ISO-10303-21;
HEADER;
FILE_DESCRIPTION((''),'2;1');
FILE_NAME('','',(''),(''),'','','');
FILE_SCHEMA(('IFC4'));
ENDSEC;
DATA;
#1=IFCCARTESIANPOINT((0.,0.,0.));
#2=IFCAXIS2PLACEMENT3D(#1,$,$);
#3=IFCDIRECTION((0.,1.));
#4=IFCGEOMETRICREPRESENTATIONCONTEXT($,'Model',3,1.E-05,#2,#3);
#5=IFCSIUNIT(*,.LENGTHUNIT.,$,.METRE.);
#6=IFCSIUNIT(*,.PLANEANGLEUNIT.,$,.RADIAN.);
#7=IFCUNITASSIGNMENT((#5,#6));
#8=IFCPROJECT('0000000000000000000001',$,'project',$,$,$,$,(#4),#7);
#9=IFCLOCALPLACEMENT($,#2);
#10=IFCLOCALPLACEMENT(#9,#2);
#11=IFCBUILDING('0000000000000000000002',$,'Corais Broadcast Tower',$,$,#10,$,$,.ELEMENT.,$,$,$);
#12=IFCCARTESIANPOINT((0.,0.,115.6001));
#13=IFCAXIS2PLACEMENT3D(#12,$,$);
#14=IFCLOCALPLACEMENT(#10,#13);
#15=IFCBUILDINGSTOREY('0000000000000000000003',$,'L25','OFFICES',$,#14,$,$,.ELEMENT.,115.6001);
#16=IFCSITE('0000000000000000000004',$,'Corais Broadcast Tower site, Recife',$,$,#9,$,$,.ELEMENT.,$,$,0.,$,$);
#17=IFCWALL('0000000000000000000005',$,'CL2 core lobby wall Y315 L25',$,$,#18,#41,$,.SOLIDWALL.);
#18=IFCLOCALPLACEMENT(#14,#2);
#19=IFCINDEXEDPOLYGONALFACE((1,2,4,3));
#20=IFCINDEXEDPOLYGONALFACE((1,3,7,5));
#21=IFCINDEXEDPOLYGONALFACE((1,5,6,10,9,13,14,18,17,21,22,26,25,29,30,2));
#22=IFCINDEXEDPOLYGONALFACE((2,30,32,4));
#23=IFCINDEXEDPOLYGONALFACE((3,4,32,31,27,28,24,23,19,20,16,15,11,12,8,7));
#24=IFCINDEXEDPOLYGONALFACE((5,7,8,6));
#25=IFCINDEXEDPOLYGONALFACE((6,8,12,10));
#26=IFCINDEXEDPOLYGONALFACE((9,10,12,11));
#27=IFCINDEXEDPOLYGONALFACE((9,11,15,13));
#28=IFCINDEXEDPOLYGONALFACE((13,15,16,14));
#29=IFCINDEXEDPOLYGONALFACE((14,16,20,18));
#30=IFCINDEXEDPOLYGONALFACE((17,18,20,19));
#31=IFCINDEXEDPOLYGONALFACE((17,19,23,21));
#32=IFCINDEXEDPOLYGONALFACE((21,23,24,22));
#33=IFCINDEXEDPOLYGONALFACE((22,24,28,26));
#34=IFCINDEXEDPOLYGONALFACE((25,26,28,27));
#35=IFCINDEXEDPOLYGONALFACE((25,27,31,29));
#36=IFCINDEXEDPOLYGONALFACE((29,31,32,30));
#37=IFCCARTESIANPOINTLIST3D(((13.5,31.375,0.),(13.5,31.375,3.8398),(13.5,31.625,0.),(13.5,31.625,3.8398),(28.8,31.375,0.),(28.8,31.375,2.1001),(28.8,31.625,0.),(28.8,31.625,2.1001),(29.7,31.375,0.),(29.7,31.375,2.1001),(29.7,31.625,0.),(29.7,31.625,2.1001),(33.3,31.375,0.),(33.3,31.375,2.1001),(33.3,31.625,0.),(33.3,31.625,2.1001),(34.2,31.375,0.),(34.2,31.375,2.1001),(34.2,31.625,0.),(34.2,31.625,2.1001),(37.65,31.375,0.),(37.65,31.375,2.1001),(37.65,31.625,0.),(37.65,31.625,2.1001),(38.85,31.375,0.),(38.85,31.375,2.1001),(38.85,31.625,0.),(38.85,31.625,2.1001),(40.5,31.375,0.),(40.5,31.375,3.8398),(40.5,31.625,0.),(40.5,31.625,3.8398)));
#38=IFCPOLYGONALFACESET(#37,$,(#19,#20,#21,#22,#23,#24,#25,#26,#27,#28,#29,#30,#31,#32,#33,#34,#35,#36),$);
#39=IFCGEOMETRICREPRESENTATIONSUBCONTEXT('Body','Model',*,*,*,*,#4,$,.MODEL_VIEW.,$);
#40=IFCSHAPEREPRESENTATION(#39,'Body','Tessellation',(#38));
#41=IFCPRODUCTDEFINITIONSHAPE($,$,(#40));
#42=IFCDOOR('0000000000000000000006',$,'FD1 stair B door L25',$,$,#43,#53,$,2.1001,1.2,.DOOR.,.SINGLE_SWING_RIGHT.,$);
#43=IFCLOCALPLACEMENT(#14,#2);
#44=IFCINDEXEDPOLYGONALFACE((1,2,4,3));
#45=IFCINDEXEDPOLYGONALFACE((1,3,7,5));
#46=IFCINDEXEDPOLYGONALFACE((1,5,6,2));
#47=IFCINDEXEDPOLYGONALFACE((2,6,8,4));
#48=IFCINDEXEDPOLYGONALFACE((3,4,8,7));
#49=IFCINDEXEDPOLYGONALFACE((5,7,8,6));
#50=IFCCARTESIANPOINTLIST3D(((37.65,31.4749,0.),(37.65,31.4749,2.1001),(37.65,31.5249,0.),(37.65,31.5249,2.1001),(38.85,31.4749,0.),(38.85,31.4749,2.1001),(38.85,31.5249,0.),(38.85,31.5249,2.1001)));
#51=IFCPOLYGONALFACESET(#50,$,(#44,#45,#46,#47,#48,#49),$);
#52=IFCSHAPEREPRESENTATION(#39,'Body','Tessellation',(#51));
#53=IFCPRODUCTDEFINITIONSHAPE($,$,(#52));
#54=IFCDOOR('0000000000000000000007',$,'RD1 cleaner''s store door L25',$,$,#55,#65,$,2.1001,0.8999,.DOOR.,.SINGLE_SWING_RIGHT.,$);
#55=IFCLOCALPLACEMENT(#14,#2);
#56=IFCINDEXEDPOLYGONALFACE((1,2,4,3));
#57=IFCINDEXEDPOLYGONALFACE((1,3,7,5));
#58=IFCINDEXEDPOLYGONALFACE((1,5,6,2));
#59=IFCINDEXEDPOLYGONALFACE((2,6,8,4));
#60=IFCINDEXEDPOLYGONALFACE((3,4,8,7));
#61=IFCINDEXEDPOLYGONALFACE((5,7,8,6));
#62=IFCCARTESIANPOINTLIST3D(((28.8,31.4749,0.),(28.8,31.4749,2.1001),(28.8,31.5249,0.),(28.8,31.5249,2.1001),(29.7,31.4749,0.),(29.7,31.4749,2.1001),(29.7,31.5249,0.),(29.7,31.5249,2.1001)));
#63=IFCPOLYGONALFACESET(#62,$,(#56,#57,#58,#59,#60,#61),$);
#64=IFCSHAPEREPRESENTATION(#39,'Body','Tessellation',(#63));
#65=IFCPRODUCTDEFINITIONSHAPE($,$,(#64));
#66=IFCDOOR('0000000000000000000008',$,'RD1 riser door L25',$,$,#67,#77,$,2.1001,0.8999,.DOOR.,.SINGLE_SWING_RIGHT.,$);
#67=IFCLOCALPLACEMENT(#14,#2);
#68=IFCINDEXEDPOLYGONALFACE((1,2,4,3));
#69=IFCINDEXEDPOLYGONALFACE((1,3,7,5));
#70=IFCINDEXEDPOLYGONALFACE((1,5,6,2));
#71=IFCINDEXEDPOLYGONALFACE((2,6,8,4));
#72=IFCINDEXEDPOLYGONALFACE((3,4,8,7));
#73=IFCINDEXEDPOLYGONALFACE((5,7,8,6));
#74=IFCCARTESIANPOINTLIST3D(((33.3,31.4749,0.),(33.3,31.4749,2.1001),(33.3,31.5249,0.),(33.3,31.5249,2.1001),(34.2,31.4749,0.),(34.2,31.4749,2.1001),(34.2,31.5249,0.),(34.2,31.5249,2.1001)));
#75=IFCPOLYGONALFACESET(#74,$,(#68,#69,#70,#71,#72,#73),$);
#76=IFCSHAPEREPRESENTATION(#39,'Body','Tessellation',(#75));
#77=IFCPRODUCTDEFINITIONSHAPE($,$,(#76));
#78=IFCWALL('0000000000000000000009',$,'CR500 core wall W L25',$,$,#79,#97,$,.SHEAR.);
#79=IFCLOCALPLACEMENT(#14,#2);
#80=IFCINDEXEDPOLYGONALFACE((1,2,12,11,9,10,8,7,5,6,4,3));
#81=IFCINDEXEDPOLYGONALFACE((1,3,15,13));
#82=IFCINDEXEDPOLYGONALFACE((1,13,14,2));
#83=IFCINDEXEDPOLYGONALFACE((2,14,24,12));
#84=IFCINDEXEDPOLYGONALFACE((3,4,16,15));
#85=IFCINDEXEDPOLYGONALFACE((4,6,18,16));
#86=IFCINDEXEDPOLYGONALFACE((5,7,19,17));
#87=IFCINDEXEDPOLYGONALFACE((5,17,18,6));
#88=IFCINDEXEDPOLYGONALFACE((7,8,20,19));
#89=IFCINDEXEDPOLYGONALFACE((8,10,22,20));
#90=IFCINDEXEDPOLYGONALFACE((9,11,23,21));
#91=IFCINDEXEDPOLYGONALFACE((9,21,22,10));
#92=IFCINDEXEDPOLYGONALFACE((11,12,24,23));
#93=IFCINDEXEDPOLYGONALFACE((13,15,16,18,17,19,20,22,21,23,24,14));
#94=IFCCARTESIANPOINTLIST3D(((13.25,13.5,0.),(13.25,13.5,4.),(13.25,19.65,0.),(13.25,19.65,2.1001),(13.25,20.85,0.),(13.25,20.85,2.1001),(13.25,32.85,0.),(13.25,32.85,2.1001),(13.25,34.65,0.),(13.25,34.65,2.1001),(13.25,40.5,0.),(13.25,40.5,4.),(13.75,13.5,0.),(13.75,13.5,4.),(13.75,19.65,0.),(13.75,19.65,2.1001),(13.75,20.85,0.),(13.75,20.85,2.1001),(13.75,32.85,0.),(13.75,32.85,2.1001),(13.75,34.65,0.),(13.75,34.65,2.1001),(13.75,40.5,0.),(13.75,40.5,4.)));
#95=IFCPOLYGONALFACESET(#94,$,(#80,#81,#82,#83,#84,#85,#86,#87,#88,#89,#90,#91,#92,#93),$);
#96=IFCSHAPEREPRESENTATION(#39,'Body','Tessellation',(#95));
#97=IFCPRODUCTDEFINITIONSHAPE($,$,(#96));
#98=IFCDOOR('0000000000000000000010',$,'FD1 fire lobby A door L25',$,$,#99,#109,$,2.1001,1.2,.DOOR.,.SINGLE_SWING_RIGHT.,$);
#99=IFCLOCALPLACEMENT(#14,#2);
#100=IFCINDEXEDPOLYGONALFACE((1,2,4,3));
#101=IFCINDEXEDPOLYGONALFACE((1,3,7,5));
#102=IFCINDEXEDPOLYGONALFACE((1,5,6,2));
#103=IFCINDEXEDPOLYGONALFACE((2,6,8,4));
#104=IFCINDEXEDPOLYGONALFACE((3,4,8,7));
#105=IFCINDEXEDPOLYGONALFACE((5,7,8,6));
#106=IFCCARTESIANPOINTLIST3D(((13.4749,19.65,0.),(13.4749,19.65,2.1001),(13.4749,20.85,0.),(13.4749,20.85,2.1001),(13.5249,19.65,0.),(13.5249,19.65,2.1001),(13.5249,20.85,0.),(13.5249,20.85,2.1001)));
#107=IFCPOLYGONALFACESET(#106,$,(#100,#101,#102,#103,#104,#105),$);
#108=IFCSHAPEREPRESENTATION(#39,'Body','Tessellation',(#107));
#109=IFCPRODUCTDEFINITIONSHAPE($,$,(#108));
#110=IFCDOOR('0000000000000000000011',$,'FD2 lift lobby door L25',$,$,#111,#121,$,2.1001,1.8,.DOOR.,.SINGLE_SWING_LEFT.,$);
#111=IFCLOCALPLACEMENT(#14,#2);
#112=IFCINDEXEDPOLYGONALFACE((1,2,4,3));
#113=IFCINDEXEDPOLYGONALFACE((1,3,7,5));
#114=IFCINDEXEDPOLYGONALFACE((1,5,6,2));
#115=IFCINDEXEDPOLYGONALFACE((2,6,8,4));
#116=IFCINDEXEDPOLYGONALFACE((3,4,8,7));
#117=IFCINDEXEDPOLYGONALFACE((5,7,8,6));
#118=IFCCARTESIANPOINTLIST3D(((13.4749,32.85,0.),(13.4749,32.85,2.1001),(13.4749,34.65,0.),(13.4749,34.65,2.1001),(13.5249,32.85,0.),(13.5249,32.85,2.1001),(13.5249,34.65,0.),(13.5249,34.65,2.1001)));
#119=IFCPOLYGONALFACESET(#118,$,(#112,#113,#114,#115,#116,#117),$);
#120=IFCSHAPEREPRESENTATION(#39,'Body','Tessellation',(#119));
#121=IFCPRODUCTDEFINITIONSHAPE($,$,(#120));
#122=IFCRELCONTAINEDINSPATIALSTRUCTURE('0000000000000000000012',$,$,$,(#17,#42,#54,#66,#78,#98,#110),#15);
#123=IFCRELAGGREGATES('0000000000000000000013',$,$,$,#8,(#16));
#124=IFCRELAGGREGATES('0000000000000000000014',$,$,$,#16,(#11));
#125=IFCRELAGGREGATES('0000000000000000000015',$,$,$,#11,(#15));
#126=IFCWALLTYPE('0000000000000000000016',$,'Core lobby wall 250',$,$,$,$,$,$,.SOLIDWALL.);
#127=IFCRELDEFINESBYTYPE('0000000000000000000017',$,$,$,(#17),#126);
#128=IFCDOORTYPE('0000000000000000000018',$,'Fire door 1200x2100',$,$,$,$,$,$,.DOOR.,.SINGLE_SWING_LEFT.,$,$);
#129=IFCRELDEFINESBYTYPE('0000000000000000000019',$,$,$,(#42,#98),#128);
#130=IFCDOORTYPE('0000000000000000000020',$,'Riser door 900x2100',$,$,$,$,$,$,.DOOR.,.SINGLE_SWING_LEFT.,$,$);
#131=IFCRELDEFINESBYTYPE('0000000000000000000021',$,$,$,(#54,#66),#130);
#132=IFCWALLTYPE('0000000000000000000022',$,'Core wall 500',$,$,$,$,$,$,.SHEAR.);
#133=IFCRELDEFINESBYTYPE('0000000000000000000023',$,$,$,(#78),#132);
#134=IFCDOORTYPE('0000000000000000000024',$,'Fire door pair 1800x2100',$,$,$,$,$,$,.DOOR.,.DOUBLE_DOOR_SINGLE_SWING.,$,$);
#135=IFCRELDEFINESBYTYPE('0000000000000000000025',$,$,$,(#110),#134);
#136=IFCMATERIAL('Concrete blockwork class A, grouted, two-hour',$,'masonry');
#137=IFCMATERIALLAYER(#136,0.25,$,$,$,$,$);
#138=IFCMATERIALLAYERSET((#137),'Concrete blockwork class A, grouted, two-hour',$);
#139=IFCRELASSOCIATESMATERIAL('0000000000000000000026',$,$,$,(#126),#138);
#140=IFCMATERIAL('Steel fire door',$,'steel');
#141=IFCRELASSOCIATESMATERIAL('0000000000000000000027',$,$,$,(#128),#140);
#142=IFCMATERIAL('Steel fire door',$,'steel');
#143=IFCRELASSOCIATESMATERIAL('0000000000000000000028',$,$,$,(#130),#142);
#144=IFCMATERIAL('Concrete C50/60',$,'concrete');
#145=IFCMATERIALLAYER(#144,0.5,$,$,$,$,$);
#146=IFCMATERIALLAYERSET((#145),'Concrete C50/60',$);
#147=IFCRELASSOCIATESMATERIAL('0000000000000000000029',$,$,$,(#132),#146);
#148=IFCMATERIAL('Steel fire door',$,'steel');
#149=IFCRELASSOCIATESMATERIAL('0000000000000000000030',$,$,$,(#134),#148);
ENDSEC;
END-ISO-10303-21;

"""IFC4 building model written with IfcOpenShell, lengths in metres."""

from ifc_helpers import new_model, si_unit, direction, frame, frame_2d, origin, place, context, subcontext, project, spatial, rectangle, extrude, material, layer, layer_set, type_object, element, fill, save


model = new_model("IFC4")

# Units and contexts
model_context = context("Model", 3, precision=1e-05, world=origin(), true_north=direction((0.0, 1.0)))
body_context = subcontext(model_context, "Body", "Model", "MODEL_VIEW")
ifc_project = project(units=[si_unit("LENGTHUNIT", "METRE"), si_unit("PLANEANGLEUNIT", "RADIAN")], contexts=[model_context])

# Site, building, storey
site_placement = place(None, origin())
site = spatial("IfcSite", under=ifc_project, at=site_placement, Name="Corais Broadcast Tower site, Recife", CompositionType="ELEMENT", RefElevation=0.0)
building_placement = place(site_placement, origin())
building = spatial("IfcBuilding", under=site, at=building_placement, Name="Corais Broadcast Tower", CompositionType="ELEMENT")
storey_placement = place(building_placement, frame((0.0, 0.0, 115.6001)))
storey = spatial("IfcBuildingStorey", under=building, at=storey_placement, Name="L25", Description="OFFICES", CompositionType="ELEMENT", Elevation=115.6001)

# Walls, openings, doors
ifc_material_1 = material(Name="Concrete blockwork class A, grouted, two-hour", Category="masonry")
ifc_layer_1 = layer(ifc_material_1, 0.25)
ifc_layer_set_1 = layer_set([ifc_layer_1], Name="Concrete blockwork class A, grouted, two-hour")
wall_type_1 = type_object("IfcWallType", Name="Core lobby wall 250", PredefinedType="SOLIDWALL", material=ifc_layer_set_1)
wall_1_placement = place(storey_placement, frame((13.5, 31.5, 0.0), z_axis=(0.0, 0.0, 1.0), x_axis=(1.0, 0.0, 0.0)))
wall_1 = element("IfcWall", 1, at=wall_1_placement, inside=storey, type_object=wall_type_1, Name="CL2 core lobby wall Y315 L25", PredefinedType="SOLIDWALL", context=body_context, shape_type="SweptSolid", body=[
    extrude(rectangle(XDim=27.0, YDim=0.25, at=frame_2d((13.5, 0.0))), origin(), (0.0, 0.0, 1.0), 3.8398),
])
opening_1_placement = place(wall_1_placement, frame((24.1499, 0.0, 0.0)))
opening_1 = element("IfcOpeningElement", 2, at=opening_1_placement, cuts=wall_1, PredefinedType="OPENING", context=body_context, shape_type="SweptSolid", body=[
    extrude(rectangle(XDim=1.2, YDim=2.1001, at=frame_2d((0.6001, 1.05))), frame((0.0, 0.135, 0.0), z_axis=(0.0, -1.0, 0.0), x_axis=(1.0, 0.0, 0.0)), (0.0, 0.0, 1.0), 0.27),
])
opening_2_placement = place(wall_1_placement, frame((15.3, 0.0, 0.0)))
opening_2 = element("IfcOpeningElement", 3, at=opening_2_placement, cuts=wall_1, PredefinedType="OPENING", context=body_context, shape_type="SweptSolid", body=[
    extrude(rectangle(XDim=0.8999, YDim=2.1001, at=frame_2d((0.45, 1.05))), frame((0.0, 0.135, 0.0), z_axis=(0.0, -1.0, 0.0), x_axis=(1.0, 0.0, 0.0)), (0.0, 0.0, 1.0), 0.27),
])
opening_3_placement = place(wall_1_placement, frame((19.8, 0.0, 0.0)))
opening_3 = element("IfcOpeningElement", 4, at=opening_3_placement, cuts=wall_1, PredefinedType="OPENING", context=body_context, shape_type="SweptSolid", body=[
    extrude(rectangle(XDim=0.8999, YDim=2.1001, at=frame_2d((0.45, 1.05))), frame((0.0, 0.135, 0.0), z_axis=(0.0, -1.0, 0.0), x_axis=(1.0, 0.0, 0.0)), (0.0, 0.0, 1.0), 0.27),
])
ifc_material_2 = material(Name="Steel fire door", Category="steel")
door_type_1 = type_object("IfcDoorType", Name="Fire door 1200x2100", OperationType="SINGLE_SWING_LEFT", PredefinedType="DOOR", material=ifc_material_2)
door_1_placement = place(opening_1_placement, origin())
door_1 = element("IfcDoor", 5, at=door_1_placement, inside=storey, type_object=door_type_1, Name="FD1 stair B door L25", OperationType="SINGLE_SWING_RIGHT", OverallHeight=2.1001, OverallWidth=1.2, PredefinedType="DOOR", context=body_context, shape_type="SweptSolid", body=[
    extrude(rectangle(XDim=1.2, YDim=2.1001, at=frame_2d((0.6001, 1.05))), frame((0.0, 0.0249, 0.0), z_axis=(0.0, -1.0, 0.0), x_axis=(1.0, 0.0, 0.0)), (0.0, 0.0, 1.0), 0.05),
])
fill(opening_1, door_1)
ifc_material_3 = material(Name="Steel fire door", Category="steel")
door_type_2 = type_object("IfcDoorType", Name="Riser door 900x2100", OperationType="SINGLE_SWING_LEFT", PredefinedType="DOOR", material=ifc_material_3)
door_2_placement = place(opening_2_placement, origin())
door_2 = element("IfcDoor", 6, at=door_2_placement, inside=storey, type_object=door_type_2, Name="RD1 cleaner's store door L25", OperationType="SINGLE_SWING_RIGHT", OverallHeight=2.1001, OverallWidth=0.8999, PredefinedType="DOOR", context=body_context, shape_type="SweptSolid", body=[
    extrude(rectangle(XDim=0.8999, YDim=2.1001, at=frame_2d((0.45, 1.05))), frame((0.0, 0.0249, 0.0), z_axis=(0.0, -1.0, 0.0), x_axis=(1.0, 0.0, 0.0)), (0.0, 0.0, 1.0), 0.05),
])
fill(opening_2, door_2)
door_3_placement = place(opening_3_placement, origin())
door_3 = element("IfcDoor", 7, at=door_3_placement, inside=storey, type_object=door_type_2, Name="RD1 riser door L25", OperationType="SINGLE_SWING_RIGHT", OverallHeight=2.1001, OverallWidth=0.8999, PredefinedType="DOOR", context=body_context, shape_type="SweptSolid", body=[
    extrude(rectangle(XDim=0.8999, YDim=2.1001, at=frame_2d((0.45, 1.05))), frame((0.0, 0.0249, 0.0), z_axis=(0.0, -1.0, 0.0), x_axis=(1.0, 0.0, 0.0)), (0.0, 0.0, 1.0), 0.05),
])
fill(opening_3, door_3)
ifc_material_4 = material(Name="Concrete C50/60", Category="concrete")
ifc_layer_2 = layer(ifc_material_4, 0.5)
ifc_layer_set_2 = layer_set([ifc_layer_2], Name="Concrete C50/60")
wall_type_2 = type_object("IfcWallType", Name="Core wall 500", PredefinedType="SHEAR", material=ifc_layer_set_2)
wall_2_placement = place(storey_placement, frame((13.5, 40.5, 0.0), z_axis=(0.0, 0.0, 1.0), x_axis=(0.0, -1.0, 0.0)))
wall_2 = element("IfcWall", 8, at=wall_2_placement, inside=storey, type_object=wall_type_2, Name="CR500 core wall W L25", PredefinedType="SHEAR", context=body_context, shape_type="SweptSolid", body=[
    extrude(rectangle(XDim=27.0, YDim=0.5, at=frame_2d((13.5, 0.0))), origin(), (0.0, 0.0, 1.0), 4.0),
])
opening_4_placement = place(wall_2_placement, frame((19.6499, 0.0, 0.0)))
opening_4 = element("IfcOpeningElement", 9, at=opening_4_placement, cuts=wall_2, PredefinedType="OPENING", context=body_context, shape_type="SweptSolid", body=[
    extrude(rectangle(XDim=1.2, YDim=2.1001, at=frame_2d((0.6001, 1.05))), frame((0.0, 0.26, 0.0), z_axis=(0.0, -1.0, 0.0), x_axis=(1.0, 0.0, 0.0)), (0.0, 0.0, 1.0), 0.52),
])
opening_5_placement = place(wall_2_placement, frame((5.8501, 0.0, 0.0)))
opening_5 = element("IfcOpeningElement", 10, at=opening_5_placement, cuts=wall_2, PredefinedType="OPENING", context=body_context, shape_type="SweptSolid", body=[
    extrude(rectangle(XDim=1.8, YDim=2.1001, at=frame_2d((0.8999, 1.05))), frame((0.0, 0.26, 0.0), z_axis=(0.0, -1.0, 0.0), x_axis=(1.0, 0.0, 0.0)), (0.0, 0.0, 1.0), 0.52),
])
door_4_placement = place(opening_4_placement, origin())
door_4 = element("IfcDoor", 11, at=door_4_placement, inside=storey, type_object=door_type_1, Name="FD1 fire lobby A door L25", OperationType="SINGLE_SWING_RIGHT", OverallHeight=2.1001, OverallWidth=1.2, PredefinedType="DOOR", context=body_context, shape_type="SweptSolid", body=[
    extrude(rectangle(XDim=1.2, YDim=2.1001, at=frame_2d((0.6001, 1.05))), frame((0.0, 0.0249, 0.0), z_axis=(0.0, -1.0, 0.0), x_axis=(1.0, 0.0, 0.0)), (0.0, 0.0, 1.0), 0.05),
])
fill(opening_4, door_4)
ifc_material_5 = material(Name="Steel fire door", Category="steel")
door_type_3 = type_object("IfcDoorType", Name="Fire door pair 1800x2100", OperationType="DOUBLE_DOOR_SINGLE_SWING", PredefinedType="DOOR", material=ifc_material_5)
door_5_placement = place(opening_5_placement, origin())
door_5 = element("IfcDoor", 12, at=door_5_placement, inside=storey, type_object=door_type_3, Name="FD2 lift lobby door L25", OperationType="SINGLE_SWING_LEFT", OverallHeight=2.1001, OverallWidth=1.8, PredefinedType="DOOR", context=body_context, shape_type="SweptSolid", body=[
    extrude(rectangle(XDim=1.8, YDim=2.1001, at=frame_2d((0.8999, 1.05))), frame((0.0, 0.0249, 0.0), z_axis=(0.0, -1.0, 0.0), x_axis=(1.0, 0.0, 0.0)), (0.0, 0.0, 1.0), 0.05),
])
fill(opening_5, door_5)

save(model, "model.ifc")
